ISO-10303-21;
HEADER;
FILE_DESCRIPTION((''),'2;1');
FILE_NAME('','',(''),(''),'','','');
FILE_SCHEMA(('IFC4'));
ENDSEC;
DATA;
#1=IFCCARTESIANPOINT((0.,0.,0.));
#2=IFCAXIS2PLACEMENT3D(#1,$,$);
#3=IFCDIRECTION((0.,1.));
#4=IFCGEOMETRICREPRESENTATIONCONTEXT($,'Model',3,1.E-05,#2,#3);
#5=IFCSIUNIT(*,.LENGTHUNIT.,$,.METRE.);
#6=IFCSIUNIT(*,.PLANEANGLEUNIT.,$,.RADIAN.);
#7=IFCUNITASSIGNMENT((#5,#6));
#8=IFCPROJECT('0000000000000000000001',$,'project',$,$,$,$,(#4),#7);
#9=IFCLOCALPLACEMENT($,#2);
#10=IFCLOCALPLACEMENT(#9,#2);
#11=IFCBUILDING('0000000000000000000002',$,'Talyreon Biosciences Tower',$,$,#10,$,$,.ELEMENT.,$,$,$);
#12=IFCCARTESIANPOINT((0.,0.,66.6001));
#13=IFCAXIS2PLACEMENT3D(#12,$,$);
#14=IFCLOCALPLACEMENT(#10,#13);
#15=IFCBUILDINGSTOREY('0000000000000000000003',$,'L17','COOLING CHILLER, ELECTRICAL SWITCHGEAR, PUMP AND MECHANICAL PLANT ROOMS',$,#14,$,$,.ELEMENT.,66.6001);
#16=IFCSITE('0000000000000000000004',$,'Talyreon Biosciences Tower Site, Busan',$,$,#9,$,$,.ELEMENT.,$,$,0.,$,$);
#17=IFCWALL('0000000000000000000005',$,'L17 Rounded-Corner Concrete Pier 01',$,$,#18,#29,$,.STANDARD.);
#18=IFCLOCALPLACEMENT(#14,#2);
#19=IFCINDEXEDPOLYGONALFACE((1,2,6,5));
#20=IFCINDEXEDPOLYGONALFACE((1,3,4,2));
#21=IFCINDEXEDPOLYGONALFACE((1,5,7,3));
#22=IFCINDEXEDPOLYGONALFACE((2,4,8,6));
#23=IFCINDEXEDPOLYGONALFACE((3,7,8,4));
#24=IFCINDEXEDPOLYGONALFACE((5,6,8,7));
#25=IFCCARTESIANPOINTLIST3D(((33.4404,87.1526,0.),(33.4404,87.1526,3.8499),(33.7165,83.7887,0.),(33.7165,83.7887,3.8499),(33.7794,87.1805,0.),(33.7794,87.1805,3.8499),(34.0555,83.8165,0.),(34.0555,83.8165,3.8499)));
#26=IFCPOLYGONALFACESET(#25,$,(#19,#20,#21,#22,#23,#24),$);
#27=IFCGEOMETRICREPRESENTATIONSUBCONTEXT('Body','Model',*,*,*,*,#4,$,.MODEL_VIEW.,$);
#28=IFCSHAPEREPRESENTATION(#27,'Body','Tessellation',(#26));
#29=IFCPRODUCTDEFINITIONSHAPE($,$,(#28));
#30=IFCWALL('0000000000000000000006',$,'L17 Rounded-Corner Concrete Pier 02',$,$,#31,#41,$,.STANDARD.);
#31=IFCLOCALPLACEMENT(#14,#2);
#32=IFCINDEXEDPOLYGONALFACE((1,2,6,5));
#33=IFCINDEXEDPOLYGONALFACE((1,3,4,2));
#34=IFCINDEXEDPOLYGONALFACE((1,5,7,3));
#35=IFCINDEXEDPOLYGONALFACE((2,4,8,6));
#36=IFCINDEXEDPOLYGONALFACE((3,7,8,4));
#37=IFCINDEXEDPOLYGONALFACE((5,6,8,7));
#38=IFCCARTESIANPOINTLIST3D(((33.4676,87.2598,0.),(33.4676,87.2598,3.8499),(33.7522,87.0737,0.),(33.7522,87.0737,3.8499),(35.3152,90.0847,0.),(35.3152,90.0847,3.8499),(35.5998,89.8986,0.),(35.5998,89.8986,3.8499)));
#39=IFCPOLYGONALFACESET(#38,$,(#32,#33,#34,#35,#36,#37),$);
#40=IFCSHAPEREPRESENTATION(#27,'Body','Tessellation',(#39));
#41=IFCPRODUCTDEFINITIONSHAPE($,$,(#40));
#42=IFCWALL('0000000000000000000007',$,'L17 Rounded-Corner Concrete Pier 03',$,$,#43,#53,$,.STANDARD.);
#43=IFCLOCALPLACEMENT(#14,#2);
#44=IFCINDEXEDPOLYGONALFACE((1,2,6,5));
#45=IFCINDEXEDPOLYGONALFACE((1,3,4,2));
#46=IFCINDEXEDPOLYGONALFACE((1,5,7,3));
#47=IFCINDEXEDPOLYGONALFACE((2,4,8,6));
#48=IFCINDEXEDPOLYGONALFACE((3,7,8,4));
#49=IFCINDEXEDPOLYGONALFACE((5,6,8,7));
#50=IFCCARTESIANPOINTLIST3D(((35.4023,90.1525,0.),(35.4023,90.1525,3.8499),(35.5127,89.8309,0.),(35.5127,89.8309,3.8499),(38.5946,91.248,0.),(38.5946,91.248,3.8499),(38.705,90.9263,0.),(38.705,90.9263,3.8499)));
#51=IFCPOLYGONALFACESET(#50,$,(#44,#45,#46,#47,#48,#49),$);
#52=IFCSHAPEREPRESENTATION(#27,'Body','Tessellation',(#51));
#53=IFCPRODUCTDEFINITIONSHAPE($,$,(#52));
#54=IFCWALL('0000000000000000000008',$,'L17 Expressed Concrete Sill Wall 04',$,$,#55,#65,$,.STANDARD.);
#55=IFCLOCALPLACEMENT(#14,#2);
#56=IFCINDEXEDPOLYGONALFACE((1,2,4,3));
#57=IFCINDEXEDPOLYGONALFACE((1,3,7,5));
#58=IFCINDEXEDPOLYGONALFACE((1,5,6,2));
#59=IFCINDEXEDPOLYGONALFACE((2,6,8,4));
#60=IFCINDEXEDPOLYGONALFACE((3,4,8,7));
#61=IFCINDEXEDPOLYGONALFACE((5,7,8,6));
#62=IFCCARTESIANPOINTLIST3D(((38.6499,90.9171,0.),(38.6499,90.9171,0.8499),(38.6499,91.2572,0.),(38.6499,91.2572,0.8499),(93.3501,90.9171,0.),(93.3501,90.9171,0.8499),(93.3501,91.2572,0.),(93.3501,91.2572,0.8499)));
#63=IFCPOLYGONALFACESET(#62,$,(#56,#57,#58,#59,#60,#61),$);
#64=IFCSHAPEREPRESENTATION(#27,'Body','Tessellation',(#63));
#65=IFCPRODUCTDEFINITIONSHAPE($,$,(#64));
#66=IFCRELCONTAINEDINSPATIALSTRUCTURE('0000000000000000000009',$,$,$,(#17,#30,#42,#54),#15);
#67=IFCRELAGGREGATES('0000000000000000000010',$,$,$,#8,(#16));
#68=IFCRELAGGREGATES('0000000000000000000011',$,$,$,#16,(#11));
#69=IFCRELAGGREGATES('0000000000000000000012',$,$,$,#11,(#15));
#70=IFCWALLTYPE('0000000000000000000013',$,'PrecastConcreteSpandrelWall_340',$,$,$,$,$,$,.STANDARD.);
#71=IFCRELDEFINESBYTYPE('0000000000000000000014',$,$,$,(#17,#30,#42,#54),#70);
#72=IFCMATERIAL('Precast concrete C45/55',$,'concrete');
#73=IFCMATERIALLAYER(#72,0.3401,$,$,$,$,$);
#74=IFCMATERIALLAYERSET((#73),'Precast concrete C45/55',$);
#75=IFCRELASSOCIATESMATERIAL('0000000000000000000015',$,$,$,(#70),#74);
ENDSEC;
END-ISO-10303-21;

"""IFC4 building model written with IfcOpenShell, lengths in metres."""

from ifc_helpers import new_model, si_unit, direction, frame, frame_2d, origin, place, context, subcontext, project, spatial, rectangle, extrude, material, layer, layer_set, type_object, element, save


model = new_model("IFC4")

# Units and contexts
model_context = context("Model", 3, precision=1e-05, world=origin(), true_north=direction((0.0, 1.0)))
body_context = subcontext(model_context, "Body", "Model", "MODEL_VIEW")
ifc_project = project(units=[si_unit("LENGTHUNIT", "METRE"), si_unit("PLANEANGLEUNIT", "RADIAN")], contexts=[model_context])

# Site, building, storey
site_placement = place(None, origin())
site = spatial("IfcSite", under=ifc_project, at=site_placement, Name="Talyreon Biosciences Tower Site, Busan", CompositionType="ELEMENT", RefElevation=0.0)
building_placement = place(site_placement, origin())
building = spatial("IfcBuilding", under=site, at=building_placement, Name="Talyreon Biosciences Tower", CompositionType="ELEMENT")
storey_placement = place(building_placement, frame((0.0, 0.0, 66.6001)))
storey = spatial("IfcBuildingStorey", under=building, at=storey_placement, Name="L17", Description="COOLING CHILLER, ELECTRICAL SWITCHGEAR, PUMP AND MECHANICAL PLANT ROOMS", CompositionType="ELEMENT", Elevation=66.6001)

# Shared definitions
ifc_material_1 = material(Name="Precast concrete C45/55", Category="concrete")

# Walls
ifc_layer_1 = layer(ifc_material_1, 0.3401)
ifc_layer_set_1 = layer_set([ifc_layer_1], Name="Precast concrete C45/55")
wall_type = type_object("IfcWallType", Name="PrecastConcreteSpandrelWall_340", PredefinedType="STANDARD", material=ifc_layer_set_1)
wall_1_placement = place(storey_placement, frame((33.886, 83.8027, 0.0), z_axis=(0.0, 0.0, 1.0), x_axis=(-0.081806, 0.996648, 0.0)))
element("IfcWall", 1, at=wall_1_placement, inside=storey, type_object=wall_type, Name="L17 Rounded-Corner Concrete Pier 01", PredefinedType="STANDARD", context=body_context, shape_type="SweptSolid", body=[
    extrude(rectangle(XDim=3.3752, YDim=0.3401, at=frame_2d((1.6875, 0.0))), origin(), (0.0, 0.0, 1.0), 3.8499),
])
wall_2_placement = place(storey_placement, frame((33.6099, 87.1667, 0.0), z_axis=(0.0, 0.0, 1.0), x_axis=(0.547368, 0.836892, 0.0)))
element("IfcWall", 2, at=wall_2_placement, inside=storey, type_object=wall_type, Name="L17 Rounded-Corner Concrete Pier 02", PredefinedType="STANDARD", context=body_context, shape_type="SweptSolid", body=[
    extrude(rectangle(XDim=3.3755, YDim=0.3401, at=frame_2d((1.6877, 0.0))), origin(), (0.0, 0.0, 1.0), 3.8499),
])
wall_3_placement = place(storey_placement, frame((35.4575, 89.9917, 0.0), z_axis=(0.0, 0.0, 1.0), x_axis=(0.945862, 0.32457, 0.0)))
element("IfcWall", 3, at=wall_3_placement, inside=storey, type_object=wall_type, Name="L17 Rounded-Corner Concrete Pier 03", PredefinedType="STANDARD", context=body_context, shape_type="SweptSolid", body=[
    extrude(rectangle(XDim=3.375, YDim=0.3401, at=frame_2d((1.6875, 0.0))), origin(), (0.0, 0.0, 1.0), 3.8499),
])
wall_4_placement = place(storey_placement, frame((38.6499, 91.0872, 0.0), z_axis=(0.0, 0.0, 1.0), x_axis=(1.0, 0.0, 0.0)))
element("IfcWall", 4, at=wall_4_placement, inside=storey, type_object=wall_type, Name="L17 Expressed Concrete Sill Wall 04", PredefinedType="STANDARD", context=body_context, shape_type="SweptSolid", body=[
    extrude(rectangle(XDim=54.7002, YDim=0.3401, at=frame_2d((27.3501, 0.0))), origin(), (0.0, 0.0, 1.0), 0.8499),
])

save(model, "model.ifc")
